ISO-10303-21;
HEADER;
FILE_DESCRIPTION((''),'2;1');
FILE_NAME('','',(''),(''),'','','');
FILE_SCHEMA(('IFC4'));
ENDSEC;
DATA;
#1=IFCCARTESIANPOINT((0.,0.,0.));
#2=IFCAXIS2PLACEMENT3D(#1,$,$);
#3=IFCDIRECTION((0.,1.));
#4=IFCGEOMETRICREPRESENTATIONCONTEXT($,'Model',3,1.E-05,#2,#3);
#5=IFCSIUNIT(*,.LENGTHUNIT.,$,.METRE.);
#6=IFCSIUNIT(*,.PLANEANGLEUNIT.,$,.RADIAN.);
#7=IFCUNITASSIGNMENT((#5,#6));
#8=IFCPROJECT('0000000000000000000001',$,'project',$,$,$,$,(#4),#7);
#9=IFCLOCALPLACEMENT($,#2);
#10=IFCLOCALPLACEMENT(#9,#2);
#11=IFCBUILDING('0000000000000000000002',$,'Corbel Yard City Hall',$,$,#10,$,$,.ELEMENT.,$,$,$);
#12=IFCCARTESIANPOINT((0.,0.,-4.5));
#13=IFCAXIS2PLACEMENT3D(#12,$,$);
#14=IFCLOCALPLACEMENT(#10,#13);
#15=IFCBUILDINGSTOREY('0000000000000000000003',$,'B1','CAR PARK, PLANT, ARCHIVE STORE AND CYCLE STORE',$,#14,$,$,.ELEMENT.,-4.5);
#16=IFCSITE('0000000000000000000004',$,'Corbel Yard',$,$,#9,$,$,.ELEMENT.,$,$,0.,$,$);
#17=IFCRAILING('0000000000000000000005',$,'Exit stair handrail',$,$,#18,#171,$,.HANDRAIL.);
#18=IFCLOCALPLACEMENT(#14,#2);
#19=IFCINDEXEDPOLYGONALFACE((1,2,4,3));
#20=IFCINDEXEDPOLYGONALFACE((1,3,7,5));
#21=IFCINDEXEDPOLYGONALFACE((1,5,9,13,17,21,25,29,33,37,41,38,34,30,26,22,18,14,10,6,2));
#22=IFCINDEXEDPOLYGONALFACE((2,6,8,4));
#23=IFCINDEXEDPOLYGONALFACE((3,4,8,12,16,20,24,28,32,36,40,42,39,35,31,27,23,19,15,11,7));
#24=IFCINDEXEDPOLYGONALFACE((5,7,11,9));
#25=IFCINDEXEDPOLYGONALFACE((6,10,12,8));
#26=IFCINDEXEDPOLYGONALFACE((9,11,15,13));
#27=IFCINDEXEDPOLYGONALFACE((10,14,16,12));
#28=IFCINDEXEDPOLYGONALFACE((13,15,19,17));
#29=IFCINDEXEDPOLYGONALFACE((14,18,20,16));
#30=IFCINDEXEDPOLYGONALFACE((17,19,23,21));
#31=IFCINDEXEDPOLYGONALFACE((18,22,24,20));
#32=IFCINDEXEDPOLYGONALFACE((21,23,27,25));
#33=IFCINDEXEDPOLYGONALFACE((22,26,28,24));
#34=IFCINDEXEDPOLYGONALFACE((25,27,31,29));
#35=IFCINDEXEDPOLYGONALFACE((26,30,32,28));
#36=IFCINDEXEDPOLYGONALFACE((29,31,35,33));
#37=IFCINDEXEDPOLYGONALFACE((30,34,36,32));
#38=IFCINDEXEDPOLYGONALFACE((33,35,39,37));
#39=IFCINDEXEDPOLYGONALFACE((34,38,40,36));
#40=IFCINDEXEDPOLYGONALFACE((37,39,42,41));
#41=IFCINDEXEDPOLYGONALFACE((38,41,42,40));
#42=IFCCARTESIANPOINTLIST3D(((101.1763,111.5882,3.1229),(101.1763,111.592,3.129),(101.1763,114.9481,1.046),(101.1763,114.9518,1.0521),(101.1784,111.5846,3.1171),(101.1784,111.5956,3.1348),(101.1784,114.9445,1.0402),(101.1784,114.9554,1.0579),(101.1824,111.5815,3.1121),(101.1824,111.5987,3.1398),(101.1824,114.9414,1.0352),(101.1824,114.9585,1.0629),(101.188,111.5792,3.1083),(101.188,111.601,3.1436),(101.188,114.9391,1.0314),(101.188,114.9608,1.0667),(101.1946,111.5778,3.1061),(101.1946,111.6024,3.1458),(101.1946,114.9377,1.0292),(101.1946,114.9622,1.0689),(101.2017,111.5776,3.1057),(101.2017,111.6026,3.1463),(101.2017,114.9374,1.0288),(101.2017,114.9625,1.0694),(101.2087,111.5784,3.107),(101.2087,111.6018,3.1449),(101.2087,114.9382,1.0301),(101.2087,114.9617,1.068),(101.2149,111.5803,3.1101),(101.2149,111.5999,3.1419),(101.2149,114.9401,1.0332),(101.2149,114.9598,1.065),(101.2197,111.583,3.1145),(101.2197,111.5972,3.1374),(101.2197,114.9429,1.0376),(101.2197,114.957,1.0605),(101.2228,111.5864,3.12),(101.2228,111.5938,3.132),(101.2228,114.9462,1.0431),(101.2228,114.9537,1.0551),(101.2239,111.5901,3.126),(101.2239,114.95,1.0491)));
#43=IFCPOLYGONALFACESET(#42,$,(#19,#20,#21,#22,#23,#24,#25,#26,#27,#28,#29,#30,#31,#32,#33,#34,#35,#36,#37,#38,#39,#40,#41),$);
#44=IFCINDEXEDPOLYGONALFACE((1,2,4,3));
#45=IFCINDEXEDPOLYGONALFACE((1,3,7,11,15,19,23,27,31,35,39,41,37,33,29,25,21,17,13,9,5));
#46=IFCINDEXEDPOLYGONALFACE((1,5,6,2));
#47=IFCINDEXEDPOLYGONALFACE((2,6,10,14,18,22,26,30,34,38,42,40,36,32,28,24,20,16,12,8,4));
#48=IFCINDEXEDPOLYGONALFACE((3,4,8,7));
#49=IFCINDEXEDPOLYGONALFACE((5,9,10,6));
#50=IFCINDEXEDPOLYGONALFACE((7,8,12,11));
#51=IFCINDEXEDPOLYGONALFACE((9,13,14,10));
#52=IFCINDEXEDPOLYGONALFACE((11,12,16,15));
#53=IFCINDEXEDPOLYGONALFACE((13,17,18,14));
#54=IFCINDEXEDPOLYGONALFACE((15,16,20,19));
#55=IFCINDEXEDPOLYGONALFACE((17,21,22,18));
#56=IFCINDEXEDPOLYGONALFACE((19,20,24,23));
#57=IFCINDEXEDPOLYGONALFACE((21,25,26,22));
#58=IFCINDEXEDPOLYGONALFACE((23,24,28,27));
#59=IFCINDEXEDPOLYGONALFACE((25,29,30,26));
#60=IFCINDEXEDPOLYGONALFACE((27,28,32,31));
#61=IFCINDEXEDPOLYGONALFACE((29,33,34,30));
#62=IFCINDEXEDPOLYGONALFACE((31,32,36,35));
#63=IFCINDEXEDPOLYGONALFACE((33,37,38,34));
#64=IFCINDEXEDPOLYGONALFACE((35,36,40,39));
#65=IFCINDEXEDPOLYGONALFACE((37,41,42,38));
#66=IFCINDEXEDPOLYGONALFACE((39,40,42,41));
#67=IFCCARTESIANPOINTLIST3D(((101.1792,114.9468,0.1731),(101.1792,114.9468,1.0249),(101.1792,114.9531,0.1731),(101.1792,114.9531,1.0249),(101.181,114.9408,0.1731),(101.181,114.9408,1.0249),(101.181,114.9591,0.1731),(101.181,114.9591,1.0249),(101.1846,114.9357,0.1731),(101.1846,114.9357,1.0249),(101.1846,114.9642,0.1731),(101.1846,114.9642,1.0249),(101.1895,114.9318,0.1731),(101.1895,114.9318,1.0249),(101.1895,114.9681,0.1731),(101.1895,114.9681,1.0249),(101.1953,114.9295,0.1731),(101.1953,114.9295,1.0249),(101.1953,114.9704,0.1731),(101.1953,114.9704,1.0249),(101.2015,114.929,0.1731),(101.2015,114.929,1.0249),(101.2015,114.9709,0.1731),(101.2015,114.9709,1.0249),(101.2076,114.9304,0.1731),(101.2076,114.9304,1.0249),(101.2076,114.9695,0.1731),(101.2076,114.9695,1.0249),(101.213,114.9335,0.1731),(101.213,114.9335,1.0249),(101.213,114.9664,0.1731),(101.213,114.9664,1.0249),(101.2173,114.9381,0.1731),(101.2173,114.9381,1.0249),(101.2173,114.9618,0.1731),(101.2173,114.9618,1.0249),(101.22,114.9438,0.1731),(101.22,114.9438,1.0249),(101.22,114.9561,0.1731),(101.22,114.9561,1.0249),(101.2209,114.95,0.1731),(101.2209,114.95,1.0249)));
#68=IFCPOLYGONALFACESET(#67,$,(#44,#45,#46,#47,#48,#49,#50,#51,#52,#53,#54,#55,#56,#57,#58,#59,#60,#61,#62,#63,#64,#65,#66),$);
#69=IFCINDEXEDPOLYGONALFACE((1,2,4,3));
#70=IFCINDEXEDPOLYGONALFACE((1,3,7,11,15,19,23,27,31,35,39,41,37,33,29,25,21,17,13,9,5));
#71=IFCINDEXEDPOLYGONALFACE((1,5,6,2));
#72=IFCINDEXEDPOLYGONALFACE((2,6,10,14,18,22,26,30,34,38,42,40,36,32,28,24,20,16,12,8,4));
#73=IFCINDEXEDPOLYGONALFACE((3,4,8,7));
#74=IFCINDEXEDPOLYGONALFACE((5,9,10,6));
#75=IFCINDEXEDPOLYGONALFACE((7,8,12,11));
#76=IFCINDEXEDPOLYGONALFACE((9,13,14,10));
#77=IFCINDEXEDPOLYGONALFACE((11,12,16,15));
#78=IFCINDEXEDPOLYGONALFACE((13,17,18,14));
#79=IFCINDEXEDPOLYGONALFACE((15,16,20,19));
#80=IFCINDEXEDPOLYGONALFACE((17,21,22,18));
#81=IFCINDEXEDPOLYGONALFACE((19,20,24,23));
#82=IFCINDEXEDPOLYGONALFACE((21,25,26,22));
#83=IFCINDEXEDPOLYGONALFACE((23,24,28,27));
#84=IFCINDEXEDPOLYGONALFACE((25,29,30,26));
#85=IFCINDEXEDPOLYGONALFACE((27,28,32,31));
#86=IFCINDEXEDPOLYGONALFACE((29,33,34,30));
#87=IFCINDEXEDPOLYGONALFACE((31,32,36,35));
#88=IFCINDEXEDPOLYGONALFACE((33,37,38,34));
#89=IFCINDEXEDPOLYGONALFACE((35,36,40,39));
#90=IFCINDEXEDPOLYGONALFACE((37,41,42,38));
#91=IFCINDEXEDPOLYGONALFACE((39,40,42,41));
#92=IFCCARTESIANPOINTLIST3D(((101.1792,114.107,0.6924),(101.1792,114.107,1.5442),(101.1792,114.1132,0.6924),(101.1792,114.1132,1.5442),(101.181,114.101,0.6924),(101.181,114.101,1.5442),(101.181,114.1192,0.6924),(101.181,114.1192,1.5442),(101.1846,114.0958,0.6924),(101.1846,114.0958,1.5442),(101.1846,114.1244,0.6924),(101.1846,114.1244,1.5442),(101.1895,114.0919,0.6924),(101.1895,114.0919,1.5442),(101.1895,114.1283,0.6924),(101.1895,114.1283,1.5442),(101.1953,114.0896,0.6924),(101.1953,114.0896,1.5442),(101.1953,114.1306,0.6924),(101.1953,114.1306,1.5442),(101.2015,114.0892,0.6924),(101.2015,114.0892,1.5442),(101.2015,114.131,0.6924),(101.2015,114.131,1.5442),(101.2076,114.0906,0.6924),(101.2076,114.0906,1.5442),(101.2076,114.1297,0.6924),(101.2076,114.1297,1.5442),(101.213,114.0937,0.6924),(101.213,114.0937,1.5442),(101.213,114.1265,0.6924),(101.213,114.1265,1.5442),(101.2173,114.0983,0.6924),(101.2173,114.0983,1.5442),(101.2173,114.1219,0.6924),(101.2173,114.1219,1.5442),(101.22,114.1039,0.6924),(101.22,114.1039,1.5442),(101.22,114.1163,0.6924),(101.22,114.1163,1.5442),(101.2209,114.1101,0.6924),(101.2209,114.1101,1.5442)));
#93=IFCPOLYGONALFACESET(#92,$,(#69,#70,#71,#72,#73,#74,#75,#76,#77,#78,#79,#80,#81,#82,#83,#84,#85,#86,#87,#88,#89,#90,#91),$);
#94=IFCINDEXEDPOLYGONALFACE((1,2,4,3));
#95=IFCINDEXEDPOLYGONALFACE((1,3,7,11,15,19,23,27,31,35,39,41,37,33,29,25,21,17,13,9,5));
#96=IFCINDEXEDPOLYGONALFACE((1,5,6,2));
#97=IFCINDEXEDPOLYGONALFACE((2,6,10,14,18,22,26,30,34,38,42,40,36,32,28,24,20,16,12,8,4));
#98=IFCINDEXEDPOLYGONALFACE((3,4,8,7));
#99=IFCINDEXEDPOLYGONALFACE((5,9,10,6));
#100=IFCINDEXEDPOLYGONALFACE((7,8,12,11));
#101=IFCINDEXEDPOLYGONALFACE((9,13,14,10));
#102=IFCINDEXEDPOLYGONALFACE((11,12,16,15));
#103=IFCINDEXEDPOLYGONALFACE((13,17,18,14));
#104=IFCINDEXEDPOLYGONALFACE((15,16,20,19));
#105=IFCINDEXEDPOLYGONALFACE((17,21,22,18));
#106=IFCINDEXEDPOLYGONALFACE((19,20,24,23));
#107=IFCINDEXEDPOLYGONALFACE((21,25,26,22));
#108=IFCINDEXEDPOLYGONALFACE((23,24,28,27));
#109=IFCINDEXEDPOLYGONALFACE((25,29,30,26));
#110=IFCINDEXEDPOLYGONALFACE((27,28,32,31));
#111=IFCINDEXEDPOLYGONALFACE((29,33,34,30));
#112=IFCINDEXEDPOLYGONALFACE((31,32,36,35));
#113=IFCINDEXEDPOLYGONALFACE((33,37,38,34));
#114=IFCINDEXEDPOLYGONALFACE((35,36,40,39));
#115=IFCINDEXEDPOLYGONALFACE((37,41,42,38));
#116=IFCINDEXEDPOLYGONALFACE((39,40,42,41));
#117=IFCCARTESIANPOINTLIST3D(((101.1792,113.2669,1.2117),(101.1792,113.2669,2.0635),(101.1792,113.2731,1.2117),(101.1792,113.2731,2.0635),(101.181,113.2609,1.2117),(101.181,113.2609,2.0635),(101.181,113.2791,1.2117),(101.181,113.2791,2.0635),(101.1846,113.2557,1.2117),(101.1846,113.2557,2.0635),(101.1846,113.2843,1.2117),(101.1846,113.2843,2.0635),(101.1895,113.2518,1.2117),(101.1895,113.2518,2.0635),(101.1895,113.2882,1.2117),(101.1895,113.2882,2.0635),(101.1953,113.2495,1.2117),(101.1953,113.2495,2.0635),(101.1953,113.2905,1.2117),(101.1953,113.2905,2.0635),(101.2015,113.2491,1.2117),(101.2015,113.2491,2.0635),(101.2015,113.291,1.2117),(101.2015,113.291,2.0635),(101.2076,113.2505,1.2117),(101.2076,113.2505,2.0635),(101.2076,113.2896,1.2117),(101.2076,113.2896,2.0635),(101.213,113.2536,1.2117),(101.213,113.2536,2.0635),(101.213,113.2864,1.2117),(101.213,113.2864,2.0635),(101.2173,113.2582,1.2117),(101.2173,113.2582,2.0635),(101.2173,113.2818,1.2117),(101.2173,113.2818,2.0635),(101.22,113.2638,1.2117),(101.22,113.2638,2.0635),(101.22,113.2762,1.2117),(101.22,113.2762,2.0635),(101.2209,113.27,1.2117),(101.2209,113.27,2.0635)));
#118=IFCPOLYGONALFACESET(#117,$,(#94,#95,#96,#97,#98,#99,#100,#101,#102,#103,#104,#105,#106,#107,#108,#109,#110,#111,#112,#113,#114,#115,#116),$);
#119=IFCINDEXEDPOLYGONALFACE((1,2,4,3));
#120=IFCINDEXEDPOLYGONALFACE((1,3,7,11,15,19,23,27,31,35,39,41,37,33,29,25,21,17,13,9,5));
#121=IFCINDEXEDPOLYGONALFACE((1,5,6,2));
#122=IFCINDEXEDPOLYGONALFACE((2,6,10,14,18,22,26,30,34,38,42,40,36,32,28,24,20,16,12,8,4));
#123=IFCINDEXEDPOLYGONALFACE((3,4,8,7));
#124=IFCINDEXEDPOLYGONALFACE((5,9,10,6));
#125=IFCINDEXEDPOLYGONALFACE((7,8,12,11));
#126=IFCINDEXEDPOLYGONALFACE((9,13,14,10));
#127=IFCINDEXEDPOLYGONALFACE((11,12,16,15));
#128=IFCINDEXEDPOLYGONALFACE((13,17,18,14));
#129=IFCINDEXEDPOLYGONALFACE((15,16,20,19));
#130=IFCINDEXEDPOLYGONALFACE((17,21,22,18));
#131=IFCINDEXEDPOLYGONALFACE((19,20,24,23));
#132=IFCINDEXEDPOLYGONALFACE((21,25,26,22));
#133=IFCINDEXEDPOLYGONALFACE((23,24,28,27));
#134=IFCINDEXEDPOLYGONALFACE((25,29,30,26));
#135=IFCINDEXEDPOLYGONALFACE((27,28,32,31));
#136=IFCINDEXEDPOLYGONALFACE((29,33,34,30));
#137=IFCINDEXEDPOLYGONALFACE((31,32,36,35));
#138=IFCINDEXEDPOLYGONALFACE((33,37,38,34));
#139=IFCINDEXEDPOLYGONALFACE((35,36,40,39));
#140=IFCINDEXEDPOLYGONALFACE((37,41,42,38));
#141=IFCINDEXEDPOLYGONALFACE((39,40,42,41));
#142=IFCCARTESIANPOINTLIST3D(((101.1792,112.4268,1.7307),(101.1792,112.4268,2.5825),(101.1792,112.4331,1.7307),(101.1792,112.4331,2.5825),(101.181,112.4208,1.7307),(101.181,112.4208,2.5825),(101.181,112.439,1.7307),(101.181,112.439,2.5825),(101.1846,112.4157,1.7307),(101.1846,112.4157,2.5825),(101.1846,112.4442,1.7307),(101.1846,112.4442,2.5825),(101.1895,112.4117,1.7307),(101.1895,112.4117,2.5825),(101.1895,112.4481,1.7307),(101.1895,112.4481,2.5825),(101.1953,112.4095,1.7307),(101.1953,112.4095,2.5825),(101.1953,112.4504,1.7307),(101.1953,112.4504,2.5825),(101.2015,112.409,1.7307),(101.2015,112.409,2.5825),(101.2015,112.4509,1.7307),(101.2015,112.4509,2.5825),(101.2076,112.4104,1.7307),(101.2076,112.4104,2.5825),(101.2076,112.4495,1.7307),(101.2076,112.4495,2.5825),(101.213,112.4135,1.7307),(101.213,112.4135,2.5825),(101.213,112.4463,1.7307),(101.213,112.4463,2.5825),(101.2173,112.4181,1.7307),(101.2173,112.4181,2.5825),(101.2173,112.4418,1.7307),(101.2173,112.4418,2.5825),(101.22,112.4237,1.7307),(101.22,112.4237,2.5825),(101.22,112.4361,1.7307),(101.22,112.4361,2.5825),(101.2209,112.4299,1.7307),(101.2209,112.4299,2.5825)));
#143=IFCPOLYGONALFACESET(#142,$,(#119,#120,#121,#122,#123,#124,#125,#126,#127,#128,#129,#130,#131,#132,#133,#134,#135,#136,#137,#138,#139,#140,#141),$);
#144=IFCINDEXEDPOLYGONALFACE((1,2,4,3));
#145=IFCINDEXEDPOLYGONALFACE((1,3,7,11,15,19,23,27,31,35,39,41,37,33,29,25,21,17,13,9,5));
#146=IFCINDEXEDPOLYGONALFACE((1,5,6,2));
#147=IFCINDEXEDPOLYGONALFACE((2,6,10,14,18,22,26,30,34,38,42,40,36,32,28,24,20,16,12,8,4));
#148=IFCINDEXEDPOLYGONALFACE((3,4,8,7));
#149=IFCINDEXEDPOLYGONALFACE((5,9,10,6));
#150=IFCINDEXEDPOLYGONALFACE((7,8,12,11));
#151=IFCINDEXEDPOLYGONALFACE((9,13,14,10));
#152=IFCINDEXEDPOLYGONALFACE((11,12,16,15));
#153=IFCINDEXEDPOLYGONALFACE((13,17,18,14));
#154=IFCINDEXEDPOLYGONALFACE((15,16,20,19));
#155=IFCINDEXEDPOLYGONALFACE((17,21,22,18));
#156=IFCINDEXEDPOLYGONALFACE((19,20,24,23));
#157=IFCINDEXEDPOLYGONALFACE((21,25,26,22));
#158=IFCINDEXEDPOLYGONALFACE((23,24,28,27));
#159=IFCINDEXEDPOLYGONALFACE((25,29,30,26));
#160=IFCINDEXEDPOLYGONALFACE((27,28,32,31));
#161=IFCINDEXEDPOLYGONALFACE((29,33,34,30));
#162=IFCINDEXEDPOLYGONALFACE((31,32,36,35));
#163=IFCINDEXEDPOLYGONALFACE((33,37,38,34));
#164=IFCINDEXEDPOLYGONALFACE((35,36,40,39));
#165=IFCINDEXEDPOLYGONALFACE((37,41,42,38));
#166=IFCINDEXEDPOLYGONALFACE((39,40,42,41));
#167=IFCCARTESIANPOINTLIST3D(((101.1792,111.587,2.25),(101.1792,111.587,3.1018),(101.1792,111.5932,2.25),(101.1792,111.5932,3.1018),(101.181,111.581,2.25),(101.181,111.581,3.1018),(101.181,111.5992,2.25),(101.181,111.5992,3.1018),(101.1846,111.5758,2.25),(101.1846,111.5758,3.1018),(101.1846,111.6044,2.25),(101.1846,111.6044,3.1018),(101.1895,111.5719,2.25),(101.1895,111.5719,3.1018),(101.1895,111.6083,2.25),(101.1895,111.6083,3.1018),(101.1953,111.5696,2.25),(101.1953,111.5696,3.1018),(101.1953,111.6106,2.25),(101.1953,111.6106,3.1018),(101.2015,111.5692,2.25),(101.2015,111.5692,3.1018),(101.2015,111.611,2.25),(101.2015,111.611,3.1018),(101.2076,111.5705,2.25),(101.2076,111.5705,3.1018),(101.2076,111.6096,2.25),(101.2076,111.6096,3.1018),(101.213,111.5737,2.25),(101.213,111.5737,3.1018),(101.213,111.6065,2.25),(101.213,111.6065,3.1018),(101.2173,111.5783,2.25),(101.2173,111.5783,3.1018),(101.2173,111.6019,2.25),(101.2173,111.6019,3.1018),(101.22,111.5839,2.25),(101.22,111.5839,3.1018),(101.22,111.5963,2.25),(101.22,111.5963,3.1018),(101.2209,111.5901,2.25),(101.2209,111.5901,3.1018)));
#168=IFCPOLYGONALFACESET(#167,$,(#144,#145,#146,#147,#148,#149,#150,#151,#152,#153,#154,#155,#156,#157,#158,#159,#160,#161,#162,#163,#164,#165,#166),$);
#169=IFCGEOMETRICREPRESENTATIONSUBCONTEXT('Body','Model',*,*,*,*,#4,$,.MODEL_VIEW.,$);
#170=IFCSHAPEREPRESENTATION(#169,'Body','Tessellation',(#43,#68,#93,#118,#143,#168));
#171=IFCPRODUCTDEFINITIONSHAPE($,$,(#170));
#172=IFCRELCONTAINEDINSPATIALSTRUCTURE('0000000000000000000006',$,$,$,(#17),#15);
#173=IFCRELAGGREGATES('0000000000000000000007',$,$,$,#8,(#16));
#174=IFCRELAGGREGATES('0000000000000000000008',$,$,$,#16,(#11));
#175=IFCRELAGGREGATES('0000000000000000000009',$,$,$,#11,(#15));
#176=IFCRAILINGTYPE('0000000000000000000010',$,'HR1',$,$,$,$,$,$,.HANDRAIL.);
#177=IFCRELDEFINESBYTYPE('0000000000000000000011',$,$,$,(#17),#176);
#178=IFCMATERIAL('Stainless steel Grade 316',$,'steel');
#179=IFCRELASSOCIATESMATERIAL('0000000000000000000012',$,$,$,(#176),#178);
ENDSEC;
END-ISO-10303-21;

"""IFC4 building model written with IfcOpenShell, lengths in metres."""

from ifc_helpers import new_model, si_unit, direction, frame, origin, origin_2d, place, context, subcontext, project, spatial, circle, extrude, material, type_object, element, save


model = new_model("IFC4")

# Units and contexts
model_context = context("Model", 3, precision=1e-05, world=origin(), true_north=direction((0.0, 1.0)))
body_context = subcontext(model_context, "Body", "Model", "MODEL_VIEW")
ifc_project = project(units=[si_unit("LENGTHUNIT", "METRE"), si_unit("PLANEANGLEUNIT", "RADIAN")], contexts=[model_context])

# Site, building, storey
site_placement = place(None, origin())
site = spatial("IfcSite", under=ifc_project, at=site_placement, Name="Corbel Yard", CompositionType="ELEMENT", RefElevation=0.0)
building_placement = place(site_placement, origin())
building = spatial("IfcBuilding", under=site, at=building_placement, Name="Corbel Yard City Hall", CompositionType="ELEMENT")
storey_placement = place(building_placement, frame((0.0, 0.0, -4.5)))
storey = spatial("IfcBuildingStorey", under=building, at=storey_placement, Name="B1", Description="CAR PARK, PLANT, ARCHIVE STORE AND CYCLE STORE", CompositionType="ELEMENT", Elevation=-4.5)

# Shared definitions
ifc_material_1 = material(Name="Stainless steel Grade 316", Category="steel")

# Railing
railing_type = type_object("IfcRailingType", Name="HR1", PredefinedType="HANDRAIL", material=ifc_material_1)
for number, where, name in (
    (1, (101.2, 114.95, 0.1731), "Exit stair handrail"),
):
    element("IfcRailing", number, at=place(storey_placement, frame(where)), inside=storey, type_object=railing_type, Name=name, PredefinedType="HANDRAIL", context=body_context, shape_type="SweptSolid", body=[
        extrude(circle(Radius=0.0239, at=origin_2d()), frame((0.0, 0.0, 0.876), z_axis=(0.0, -0.850606, 0.525803), x_axis=(1.0, 0.0, 0.0)), (0.0, 0.0, 1.0), 3.95),
        extrude(circle(Radius=0.021, at=origin_2d()), origin(), (0.0, 0.0, 1.0), 0.8518),
        extrude(circle(Radius=0.021, at=origin_2d()), frame((0.0, -0.8398, 0.5193)), (0.0, 0.0, 1.0), 0.8518),
        extrude(circle(Radius=0.021, at=origin_2d()), frame((0.0, -1.6799, 1.0386)), (0.0, 0.0, 1.0), 0.8518),
        extrude(circle(Radius=0.021, at=origin_2d()), frame((0.0, -2.52, 1.5576)), (0.0, 0.0, 1.0), 0.8518),
        extrude(circle(Radius=0.021, at=origin_2d()), frame((0.0, -3.3599, 2.0769)), (0.0, 0.0, 1.0), 0.8518),
    ])

save(model, "model.ifc")
